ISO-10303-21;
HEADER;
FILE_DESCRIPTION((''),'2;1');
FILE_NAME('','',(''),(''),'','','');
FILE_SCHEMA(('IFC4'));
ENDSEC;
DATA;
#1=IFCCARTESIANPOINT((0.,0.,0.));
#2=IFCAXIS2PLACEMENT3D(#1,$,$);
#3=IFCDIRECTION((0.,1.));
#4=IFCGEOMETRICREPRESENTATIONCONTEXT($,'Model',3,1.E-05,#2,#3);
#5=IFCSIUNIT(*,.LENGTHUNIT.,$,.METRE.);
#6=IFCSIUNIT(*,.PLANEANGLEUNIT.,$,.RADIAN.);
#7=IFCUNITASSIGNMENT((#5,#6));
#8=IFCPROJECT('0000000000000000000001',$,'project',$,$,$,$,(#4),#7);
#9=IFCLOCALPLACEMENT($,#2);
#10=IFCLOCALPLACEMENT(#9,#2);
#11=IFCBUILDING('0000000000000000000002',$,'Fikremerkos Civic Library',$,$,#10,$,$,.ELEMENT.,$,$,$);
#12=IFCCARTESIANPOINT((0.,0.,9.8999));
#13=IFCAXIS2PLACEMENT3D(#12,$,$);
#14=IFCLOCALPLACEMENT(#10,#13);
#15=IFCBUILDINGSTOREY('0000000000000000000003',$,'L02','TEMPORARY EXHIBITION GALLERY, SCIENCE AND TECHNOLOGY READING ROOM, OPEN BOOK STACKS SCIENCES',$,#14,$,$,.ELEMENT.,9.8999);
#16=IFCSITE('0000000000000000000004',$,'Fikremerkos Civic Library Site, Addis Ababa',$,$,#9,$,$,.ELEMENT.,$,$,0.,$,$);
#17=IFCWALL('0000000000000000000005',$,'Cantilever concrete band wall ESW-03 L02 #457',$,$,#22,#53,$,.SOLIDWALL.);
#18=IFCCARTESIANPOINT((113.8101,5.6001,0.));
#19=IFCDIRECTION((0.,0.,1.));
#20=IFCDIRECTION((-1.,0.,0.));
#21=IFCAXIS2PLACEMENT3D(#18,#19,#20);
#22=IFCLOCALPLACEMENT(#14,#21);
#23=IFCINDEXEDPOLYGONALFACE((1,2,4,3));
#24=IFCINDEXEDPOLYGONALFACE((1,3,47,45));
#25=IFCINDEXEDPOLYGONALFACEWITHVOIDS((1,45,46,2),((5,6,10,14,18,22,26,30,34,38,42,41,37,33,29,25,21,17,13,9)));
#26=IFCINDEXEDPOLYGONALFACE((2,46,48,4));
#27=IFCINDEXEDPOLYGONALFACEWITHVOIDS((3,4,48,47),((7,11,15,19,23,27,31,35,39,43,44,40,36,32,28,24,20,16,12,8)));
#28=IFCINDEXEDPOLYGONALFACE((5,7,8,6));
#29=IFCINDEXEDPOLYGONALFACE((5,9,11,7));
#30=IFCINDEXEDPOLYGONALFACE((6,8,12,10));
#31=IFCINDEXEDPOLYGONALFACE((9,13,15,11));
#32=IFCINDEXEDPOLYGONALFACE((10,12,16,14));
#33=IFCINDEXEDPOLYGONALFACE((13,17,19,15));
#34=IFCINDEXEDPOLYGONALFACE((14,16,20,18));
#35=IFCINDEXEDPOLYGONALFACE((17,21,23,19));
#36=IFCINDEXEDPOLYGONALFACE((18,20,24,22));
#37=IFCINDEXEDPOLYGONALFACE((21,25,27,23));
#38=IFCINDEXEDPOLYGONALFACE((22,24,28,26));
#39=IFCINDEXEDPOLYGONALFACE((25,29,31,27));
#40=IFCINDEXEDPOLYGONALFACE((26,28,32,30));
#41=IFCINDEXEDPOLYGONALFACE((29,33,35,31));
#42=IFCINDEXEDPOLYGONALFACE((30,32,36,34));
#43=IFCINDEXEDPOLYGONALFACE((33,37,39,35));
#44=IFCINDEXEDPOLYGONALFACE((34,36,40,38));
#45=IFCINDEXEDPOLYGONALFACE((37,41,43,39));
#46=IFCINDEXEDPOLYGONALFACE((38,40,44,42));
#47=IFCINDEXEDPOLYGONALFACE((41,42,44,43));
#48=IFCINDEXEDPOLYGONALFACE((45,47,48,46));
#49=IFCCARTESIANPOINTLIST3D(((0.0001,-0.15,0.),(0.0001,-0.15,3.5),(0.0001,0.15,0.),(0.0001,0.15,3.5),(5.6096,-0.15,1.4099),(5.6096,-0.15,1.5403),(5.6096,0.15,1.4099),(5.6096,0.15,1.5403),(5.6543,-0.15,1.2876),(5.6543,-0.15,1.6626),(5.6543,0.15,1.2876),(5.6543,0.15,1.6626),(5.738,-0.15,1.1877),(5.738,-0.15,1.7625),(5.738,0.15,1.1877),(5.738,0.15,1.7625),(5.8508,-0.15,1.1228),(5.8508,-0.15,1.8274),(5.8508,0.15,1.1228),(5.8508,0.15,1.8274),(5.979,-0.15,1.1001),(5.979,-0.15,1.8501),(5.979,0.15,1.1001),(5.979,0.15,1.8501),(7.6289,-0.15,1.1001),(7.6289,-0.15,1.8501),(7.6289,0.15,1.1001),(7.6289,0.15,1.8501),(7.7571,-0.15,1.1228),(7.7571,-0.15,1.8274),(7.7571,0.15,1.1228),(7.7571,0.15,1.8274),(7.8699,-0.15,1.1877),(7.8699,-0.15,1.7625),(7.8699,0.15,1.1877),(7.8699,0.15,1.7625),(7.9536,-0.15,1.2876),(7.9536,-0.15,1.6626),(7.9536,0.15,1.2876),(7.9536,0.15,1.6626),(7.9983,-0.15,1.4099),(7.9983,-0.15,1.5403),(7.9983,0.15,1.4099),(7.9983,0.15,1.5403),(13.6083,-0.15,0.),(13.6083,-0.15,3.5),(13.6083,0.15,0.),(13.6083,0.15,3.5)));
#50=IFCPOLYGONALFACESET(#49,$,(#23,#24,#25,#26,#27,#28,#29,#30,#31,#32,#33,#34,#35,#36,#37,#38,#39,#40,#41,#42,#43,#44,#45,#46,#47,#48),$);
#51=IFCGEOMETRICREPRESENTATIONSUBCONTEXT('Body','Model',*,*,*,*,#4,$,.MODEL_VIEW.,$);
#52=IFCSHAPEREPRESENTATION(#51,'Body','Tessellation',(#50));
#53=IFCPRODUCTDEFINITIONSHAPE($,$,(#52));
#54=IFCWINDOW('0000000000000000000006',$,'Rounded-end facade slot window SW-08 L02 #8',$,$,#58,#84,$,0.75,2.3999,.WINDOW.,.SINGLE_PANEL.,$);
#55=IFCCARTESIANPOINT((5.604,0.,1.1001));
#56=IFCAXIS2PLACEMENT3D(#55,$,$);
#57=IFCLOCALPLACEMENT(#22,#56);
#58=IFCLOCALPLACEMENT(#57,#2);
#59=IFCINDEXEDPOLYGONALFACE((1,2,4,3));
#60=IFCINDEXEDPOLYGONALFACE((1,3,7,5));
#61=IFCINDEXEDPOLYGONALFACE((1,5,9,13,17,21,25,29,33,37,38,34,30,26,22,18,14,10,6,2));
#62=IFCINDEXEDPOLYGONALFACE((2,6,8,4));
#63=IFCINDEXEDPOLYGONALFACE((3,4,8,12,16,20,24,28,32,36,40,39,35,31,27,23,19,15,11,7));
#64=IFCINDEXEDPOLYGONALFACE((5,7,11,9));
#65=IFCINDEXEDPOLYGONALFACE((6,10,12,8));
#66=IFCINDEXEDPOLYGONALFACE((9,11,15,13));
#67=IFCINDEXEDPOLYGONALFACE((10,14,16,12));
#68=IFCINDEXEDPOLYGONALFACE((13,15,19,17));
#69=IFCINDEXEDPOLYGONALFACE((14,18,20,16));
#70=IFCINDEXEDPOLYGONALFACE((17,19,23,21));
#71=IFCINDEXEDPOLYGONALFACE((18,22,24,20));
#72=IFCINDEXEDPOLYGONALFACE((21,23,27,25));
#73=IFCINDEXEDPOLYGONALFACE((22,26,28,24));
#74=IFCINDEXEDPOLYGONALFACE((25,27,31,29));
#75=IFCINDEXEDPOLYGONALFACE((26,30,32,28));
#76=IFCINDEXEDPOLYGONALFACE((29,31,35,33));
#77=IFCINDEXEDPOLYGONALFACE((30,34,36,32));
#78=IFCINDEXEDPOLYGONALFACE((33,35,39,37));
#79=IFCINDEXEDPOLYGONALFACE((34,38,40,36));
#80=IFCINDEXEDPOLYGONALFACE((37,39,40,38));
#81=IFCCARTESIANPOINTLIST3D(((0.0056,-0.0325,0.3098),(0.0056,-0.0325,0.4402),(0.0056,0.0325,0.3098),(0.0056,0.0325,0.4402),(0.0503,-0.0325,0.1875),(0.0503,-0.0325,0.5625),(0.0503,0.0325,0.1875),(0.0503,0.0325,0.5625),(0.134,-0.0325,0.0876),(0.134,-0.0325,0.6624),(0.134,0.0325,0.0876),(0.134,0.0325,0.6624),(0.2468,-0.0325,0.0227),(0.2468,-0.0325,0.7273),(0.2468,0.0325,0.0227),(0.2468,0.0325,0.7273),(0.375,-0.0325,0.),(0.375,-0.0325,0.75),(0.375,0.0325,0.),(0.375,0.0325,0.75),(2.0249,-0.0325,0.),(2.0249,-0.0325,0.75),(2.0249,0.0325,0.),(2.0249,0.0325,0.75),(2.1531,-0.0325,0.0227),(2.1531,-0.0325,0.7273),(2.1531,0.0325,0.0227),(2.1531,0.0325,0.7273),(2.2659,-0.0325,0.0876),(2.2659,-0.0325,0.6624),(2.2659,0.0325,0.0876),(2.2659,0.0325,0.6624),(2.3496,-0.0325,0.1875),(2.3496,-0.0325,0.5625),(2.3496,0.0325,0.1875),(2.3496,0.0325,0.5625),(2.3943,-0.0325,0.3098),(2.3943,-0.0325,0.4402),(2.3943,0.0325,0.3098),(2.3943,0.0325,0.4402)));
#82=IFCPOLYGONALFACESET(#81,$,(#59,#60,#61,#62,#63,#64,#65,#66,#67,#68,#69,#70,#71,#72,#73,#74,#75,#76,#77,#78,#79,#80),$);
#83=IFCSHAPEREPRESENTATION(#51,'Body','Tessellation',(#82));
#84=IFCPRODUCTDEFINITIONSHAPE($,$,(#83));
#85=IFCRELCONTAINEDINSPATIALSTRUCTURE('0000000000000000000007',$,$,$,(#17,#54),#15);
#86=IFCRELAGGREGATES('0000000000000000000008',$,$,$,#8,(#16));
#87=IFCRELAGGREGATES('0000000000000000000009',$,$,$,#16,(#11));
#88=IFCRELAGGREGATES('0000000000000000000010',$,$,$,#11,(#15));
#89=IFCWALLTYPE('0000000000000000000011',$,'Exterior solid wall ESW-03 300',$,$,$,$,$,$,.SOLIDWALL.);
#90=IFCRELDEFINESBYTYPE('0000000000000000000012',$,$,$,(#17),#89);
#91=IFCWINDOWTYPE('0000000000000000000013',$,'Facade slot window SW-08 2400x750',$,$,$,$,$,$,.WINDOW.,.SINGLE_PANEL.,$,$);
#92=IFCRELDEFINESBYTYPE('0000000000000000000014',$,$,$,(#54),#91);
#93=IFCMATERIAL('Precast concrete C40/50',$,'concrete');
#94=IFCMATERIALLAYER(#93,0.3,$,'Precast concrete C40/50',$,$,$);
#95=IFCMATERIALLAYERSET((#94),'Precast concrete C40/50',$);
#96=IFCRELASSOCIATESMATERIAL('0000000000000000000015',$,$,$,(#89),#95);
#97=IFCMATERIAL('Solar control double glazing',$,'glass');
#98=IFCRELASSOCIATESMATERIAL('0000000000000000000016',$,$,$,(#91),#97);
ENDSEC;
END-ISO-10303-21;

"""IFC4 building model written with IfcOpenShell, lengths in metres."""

from ifc_helpers import new_model, si_unit, direction, frame, frame_2d, origin, place, context, subcontext, project, spatial, polyline, rectangle, outline, extrude, material, layer, layer_set, type_object, element, fill, save


model = new_model("IFC4")

# Units and contexts
model_context = context("Model", 3, precision=1e-05, world=origin(), true_north=direction((0.0, 1.0)))
body_context = subcontext(model_context, "Body", "Model", "MODEL_VIEW")
ifc_project = project(units=[si_unit("LENGTHUNIT", "METRE"), si_unit("PLANEANGLEUNIT", "RADIAN")], contexts=[model_context])

# Site, building, storey
site_placement = place(None, origin())
site = spatial("IfcSite", under=ifc_project, at=site_placement, Name="Fikremerkos Civic Library Site, Addis Ababa", CompositionType="ELEMENT", RefElevation=0.0)
building_placement = place(site_placement, origin())
building = spatial("IfcBuilding", under=site, at=building_placement, Name="Fikremerkos Civic Library", CompositionType="ELEMENT")
storey_placement = place(building_placement, frame((0.0, 0.0, 9.8999)))
storey = spatial("IfcBuildingStorey", under=building, at=storey_placement, Name="L02", Description="TEMPORARY EXHIBITION GALLERY, SCIENCE AND TECHNOLOGY READING ROOM, OPEN BOOK STACKS SCIENCES", CompositionType="ELEMENT", Elevation=9.8999)

# Wall, opening, window
ifc_material_1 = material(Name="Precast concrete C40/50", Category="concrete")
ifc_material_2 = material(Name="Solar control double glazing", Category="glass")
ifc_layer_1 = layer(ifc_material_1, 0.3, Name="Precast concrete C40/50")
ifc_layer_set_1 = layer_set([ifc_layer_1], Name="Precast concrete C40/50")
wall_type_1 = type_object("IfcWallType", Name="Exterior solid wall ESW-03 300", PredefinedType="SOLIDWALL", material=ifc_layer_set_1)
wall_1_placement = place(storey_placement, frame((113.8101, 5.6001, 0.0), z_axis=(0.0, 0.0, 1.0), x_axis=(-1.0, 0.0, 0.0)))
wall_1 = element("IfcWall", 1, at=wall_1_placement, inside=storey, type_object=wall_type_1, Name="Cantilever concrete band wall ESW-03 L02 #457", PredefinedType="SOLIDWALL", context=body_context, shape_type="SweptSolid", body=[
    extrude(rectangle(XDim=13.6082, YDim=0.3, at=frame_2d((6.8042, 0.0))), origin(), (0.0, 0.0, 1.0), 3.5),
])
opening_1_placement = place(wall_1_placement, frame((5.604, 0.0, 1.1001)))
opening_1 = element("IfcOpeningElement", 2, at=opening_1_placement, cuts=wall_1, PredefinedType="OPENING", context=body_context, shape_type="SweptSolid", body=[
    extrude(outline(polyline([(0.375, 0.75), (0.2468, 0.7273), (0.134, 0.6624), (0.0503, 0.5625), (0.0056, 0.4402), (0.0056, 0.3098), (0.0503, 0.1875), (0.134, 0.0876), (0.2468, 0.0227), (0.375, 0.0), (2.0249, 0.0), (2.1531, 0.0227), (2.2659, 0.0876), (2.3496, 0.1875), (2.3943, 0.3098), (2.3943, 0.4402), (2.3496, 0.5625), (2.2659, 0.6624), (2.1531, 0.7273), (2.0249, 0.75), (0.375, 0.75)])), frame((0.0, 0.1599, 0.0), z_axis=(0.0, -1.0, 0.0), x_axis=(1.0, 0.0, 0.0)), (0.0, 0.0, 1.0), 0.3201),
])
window_type_1 = type_object("IfcWindowType", Name="Facade slot window SW-08 2400x750", PartitioningType="SINGLE_PANEL", PredefinedType="WINDOW", material=ifc_material_2)
window_1_placement = place(opening_1_placement, origin())
window_1 = element("IfcWindow", 3, at=window_1_placement, inside=storey, type_object=window_type_1, Name="Rounded-end facade slot window SW-08 L02 #8", OverallHeight=0.75, OverallWidth=2.3999, PartitioningType="SINGLE_PANEL", PredefinedType="WINDOW", context=body_context, shape_type="SweptSolid", body=[
    extrude(outline(polyline([(0.375, 0.75), (0.2468, 0.7273), (0.134, 0.6624), (0.0503, 0.5625), (0.0056, 0.4402), (0.0056, 0.3098), (0.0503, 0.1875), (0.134, 0.0876), (0.2468, 0.0227), (0.375, 0.0), (2.0249, 0.0), (2.1531, 0.0227), (2.2659, 0.0876), (2.3496, 0.1875), (2.3943, 0.3098), (2.3943, 0.4402), (2.3496, 0.5625), (2.2659, 0.6624), (2.1531, 0.7273), (2.0249, 0.75), (0.375, 0.75)])), frame((0.0, 0.0325, 0.0), z_axis=(0.0, -1.0, 0.0), x_axis=(1.0, 0.0, 0.0)), (0.0, 0.0, 1.0), 0.0649),
])
fill(opening_1, window_1)

save(model, "model.ifc")
